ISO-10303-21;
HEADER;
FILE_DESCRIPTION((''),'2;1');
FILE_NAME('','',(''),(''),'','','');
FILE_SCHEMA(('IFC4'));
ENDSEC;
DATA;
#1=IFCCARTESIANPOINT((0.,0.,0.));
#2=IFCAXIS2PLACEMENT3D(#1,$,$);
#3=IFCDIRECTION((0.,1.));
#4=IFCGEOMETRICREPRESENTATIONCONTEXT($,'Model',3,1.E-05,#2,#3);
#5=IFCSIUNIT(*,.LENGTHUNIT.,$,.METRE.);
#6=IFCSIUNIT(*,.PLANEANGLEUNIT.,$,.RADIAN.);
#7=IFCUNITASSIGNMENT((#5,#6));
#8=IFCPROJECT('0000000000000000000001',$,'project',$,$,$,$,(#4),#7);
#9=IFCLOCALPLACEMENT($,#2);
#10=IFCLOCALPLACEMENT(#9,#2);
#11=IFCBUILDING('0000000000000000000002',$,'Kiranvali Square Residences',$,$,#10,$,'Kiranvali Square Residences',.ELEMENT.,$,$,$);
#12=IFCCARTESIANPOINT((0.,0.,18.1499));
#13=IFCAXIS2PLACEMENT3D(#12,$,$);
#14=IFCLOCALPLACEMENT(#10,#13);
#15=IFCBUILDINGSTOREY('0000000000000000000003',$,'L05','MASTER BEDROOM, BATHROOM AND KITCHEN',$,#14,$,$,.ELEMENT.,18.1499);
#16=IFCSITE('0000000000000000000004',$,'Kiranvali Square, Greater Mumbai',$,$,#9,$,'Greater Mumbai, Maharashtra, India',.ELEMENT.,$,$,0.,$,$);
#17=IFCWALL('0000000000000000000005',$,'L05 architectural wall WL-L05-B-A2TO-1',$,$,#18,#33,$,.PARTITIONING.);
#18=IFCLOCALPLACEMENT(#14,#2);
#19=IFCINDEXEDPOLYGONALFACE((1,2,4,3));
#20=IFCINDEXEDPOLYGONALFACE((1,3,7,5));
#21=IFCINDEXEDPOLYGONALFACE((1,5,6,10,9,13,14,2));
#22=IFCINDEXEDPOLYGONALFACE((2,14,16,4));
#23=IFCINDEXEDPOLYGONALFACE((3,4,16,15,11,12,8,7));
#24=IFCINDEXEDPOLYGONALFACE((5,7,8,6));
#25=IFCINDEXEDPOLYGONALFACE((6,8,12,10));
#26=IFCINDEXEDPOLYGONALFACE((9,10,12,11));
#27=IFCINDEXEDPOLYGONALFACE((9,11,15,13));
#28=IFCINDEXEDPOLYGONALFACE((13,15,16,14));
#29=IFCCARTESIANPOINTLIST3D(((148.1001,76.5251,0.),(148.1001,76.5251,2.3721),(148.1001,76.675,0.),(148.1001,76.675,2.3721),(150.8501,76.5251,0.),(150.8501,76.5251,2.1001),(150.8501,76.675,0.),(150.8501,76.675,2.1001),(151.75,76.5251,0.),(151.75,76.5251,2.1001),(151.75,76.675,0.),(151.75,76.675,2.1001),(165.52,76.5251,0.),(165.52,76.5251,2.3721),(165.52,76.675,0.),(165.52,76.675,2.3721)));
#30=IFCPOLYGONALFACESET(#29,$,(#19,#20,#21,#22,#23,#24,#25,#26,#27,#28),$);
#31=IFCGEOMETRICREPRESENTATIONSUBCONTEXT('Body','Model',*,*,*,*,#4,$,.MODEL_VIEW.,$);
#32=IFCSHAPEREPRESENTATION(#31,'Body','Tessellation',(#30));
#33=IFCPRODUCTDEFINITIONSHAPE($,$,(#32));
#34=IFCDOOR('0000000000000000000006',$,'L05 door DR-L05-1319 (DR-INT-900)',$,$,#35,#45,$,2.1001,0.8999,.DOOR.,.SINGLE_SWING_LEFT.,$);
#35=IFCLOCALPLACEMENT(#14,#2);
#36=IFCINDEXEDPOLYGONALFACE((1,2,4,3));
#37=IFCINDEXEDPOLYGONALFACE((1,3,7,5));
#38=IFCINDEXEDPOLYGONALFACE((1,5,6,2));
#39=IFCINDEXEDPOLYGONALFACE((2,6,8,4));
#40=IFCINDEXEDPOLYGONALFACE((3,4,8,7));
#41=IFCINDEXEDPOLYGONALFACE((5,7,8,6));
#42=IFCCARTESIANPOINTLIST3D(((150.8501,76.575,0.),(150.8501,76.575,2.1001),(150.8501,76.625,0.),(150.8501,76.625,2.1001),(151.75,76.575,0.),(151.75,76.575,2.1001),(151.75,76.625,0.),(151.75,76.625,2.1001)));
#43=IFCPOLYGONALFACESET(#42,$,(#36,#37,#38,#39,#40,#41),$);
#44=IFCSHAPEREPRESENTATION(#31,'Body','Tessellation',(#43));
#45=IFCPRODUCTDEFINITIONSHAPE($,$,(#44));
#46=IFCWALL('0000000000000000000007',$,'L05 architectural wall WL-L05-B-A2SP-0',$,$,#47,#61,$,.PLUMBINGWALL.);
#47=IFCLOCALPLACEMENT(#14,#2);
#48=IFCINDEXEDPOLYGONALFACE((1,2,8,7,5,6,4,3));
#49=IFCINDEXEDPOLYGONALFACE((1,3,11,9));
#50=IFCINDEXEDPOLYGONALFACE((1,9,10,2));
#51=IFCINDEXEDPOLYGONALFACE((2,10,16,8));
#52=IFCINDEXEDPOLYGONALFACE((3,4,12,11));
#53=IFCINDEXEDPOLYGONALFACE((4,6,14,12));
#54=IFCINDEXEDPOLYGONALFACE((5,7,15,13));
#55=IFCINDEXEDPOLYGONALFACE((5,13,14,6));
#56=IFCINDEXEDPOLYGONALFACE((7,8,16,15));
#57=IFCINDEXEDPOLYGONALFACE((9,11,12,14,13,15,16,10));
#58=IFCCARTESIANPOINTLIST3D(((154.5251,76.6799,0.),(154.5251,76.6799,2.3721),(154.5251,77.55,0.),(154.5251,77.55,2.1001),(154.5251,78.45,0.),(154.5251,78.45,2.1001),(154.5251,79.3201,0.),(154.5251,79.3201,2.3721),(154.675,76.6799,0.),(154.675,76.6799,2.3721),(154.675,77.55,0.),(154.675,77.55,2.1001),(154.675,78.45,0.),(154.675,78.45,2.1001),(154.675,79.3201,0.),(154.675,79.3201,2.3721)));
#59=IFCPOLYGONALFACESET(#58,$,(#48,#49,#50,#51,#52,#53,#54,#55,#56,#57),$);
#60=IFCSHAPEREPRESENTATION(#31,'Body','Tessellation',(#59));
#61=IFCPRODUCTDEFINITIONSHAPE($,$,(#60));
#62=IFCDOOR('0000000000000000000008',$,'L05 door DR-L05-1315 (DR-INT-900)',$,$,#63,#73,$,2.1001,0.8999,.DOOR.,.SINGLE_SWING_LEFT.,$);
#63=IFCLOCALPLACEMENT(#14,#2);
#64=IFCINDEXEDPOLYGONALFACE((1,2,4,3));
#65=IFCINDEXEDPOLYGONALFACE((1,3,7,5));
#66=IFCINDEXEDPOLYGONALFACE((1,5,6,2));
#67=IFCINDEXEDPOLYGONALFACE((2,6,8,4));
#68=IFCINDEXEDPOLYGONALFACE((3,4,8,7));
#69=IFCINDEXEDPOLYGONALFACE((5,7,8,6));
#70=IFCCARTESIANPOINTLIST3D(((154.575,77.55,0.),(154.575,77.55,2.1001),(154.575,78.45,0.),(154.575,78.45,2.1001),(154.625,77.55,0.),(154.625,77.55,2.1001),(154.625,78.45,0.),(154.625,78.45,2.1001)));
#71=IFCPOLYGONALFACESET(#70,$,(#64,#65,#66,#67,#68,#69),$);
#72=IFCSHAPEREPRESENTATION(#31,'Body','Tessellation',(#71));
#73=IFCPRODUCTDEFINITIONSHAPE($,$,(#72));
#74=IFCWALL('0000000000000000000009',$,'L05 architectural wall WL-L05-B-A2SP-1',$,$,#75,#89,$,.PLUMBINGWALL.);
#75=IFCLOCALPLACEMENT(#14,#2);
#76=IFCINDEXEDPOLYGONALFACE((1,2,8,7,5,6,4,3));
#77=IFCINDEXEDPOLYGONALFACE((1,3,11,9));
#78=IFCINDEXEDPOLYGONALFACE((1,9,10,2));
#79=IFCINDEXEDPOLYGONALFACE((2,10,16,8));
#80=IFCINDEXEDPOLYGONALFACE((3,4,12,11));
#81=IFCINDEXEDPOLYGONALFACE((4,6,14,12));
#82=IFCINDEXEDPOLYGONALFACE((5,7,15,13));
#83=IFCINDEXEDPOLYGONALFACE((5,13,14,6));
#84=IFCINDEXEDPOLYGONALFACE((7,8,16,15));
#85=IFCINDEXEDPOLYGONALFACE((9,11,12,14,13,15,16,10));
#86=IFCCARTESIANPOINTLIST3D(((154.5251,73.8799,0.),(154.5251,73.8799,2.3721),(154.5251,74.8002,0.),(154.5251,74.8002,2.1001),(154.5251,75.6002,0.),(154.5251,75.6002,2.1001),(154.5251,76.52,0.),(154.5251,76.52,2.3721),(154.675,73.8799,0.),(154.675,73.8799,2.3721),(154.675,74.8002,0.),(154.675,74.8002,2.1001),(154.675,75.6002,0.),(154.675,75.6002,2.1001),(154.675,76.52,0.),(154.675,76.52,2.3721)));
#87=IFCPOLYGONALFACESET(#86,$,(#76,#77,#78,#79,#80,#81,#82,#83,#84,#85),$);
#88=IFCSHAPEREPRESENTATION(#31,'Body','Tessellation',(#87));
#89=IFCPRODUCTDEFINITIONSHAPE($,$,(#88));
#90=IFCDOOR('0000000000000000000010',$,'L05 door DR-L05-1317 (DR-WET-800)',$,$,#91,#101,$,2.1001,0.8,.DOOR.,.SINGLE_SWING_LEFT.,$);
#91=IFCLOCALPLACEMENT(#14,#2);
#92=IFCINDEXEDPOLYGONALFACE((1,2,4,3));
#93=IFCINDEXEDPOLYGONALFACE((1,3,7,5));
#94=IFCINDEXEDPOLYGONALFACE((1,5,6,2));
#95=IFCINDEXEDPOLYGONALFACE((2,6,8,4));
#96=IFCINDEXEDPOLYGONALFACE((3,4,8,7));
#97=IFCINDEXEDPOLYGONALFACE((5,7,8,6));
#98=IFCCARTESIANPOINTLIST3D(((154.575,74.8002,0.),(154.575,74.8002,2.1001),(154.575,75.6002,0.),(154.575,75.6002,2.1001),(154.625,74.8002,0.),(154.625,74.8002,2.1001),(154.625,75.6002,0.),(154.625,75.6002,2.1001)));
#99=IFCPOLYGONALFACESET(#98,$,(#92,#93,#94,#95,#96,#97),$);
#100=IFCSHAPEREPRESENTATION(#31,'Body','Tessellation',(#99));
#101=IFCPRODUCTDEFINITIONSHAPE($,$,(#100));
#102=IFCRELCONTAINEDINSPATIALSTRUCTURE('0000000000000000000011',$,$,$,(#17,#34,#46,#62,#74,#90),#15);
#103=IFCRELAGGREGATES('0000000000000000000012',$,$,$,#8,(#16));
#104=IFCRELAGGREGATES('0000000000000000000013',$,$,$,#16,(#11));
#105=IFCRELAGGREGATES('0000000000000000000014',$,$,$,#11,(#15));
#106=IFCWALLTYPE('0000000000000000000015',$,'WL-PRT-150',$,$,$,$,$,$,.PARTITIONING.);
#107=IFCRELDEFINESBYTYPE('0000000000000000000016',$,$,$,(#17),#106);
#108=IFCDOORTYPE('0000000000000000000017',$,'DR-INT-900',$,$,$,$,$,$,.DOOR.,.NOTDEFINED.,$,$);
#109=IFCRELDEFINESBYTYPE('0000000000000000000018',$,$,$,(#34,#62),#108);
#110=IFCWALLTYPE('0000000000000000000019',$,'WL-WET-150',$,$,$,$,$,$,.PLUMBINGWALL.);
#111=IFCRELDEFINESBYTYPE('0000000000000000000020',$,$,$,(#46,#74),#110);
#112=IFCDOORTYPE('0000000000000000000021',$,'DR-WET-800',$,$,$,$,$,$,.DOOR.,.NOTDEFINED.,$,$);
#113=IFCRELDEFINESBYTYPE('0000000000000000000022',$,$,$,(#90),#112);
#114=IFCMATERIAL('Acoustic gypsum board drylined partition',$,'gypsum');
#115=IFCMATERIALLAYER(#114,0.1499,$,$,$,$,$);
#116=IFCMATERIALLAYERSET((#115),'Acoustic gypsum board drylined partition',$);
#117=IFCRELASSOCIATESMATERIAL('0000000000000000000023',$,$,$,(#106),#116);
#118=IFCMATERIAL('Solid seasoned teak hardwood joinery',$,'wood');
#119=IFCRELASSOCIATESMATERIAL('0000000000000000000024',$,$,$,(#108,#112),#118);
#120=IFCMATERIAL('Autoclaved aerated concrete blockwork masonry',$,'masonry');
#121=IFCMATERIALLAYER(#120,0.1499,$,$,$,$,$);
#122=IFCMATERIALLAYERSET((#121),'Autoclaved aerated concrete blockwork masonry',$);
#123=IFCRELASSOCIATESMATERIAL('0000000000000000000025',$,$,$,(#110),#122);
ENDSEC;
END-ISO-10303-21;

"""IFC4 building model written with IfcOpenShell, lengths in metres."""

from ifc_helpers import new_model, si_unit, direction, frame, frame_2d, origin, place, context, subcontext, project, spatial, rectangle, extrude, material, layer, layer_set, type_object, element, fill, save


model = new_model("IFC4")

# Units and contexts
model_context = context("Model", 3, precision=1e-05, world=origin(), true_north=direction((0.0, 1.0)))
body_context = subcontext(model_context, "Body", "Model", "MODEL_VIEW")
ifc_project = project(units=[si_unit("LENGTHUNIT", "METRE"), si_unit("PLANEANGLEUNIT", "RADIAN")], contexts=[model_context])

# Site, building, storey
site_placement = place(None, origin())
site = spatial("IfcSite", under=ifc_project, at=site_placement, Name="Kiranvali Square, Greater Mumbai", LongName="Greater Mumbai, Maharashtra, India", CompositionType="ELEMENT", RefElevation=0.0)
building_placement = place(site_placement, origin())
building = spatial("IfcBuilding", under=site, at=building_placement, Name="Kiranvali Square Residences", LongName="Kiranvali Square Residences", CompositionType="ELEMENT")
storey_placement = place(building_placement, frame((0.0, 0.0, 18.1499)))
storey = spatial("IfcBuildingStorey", under=building, at=storey_placement, Name="L05", Description="MASTER BEDROOM, BATHROOM AND KITCHEN", CompositionType="ELEMENT", Elevation=18.1499)

# Shared definitions
ifc_material_1 = material(Name="Autoclaved aerated concrete blockwork masonry", Category="masonry")

# Walls, openings, doors
ifc_material_2 = material(Name="Acoustic gypsum board drylined partition", Category="gypsum")
ifc_layer_1 = layer(ifc_material_2, 0.1499)
ifc_layer_set_1 = layer_set([ifc_layer_1], Name="Acoustic gypsum board drylined partition")
wall_type_1 = type_object("IfcWallType", Name="WL-PRT-150", PredefinedType="PARTITIONING", material=ifc_layer_set_1)
wall_1_placement = place(storey_placement, frame((148.1001, 76.6001, 0.0), z_axis=(0.0, 0.0, 1.0), x_axis=(1.0, 0.0, 0.0)))
wall_1 = element("IfcWall", 1, at=wall_1_placement, inside=storey, type_object=wall_type_1, Name="L05 architectural wall WL-L05-B-A2TO-1", PredefinedType="PARTITIONING", context=body_context, shape_type="SweptSolid", body=[
    extrude(rectangle(XDim=17.4199, YDim=0.1499, at=frame_2d((8.71, 0.0))), origin(), (0.0, 0.0, 1.0), 2.3721),
])
opening_1_placement = place(wall_1_placement, frame((2.75, 0.0, 0.0)))
opening_1 = element("IfcOpeningElement", 2, at=opening_1_placement, cuts=wall_1, PredefinedType="OPENING", context=body_context, shape_type="SweptSolid", body=[
    extrude(rectangle(XDim=0.8999, YDim=2.1001, at=frame_2d((0.45, 1.05))), frame((0.0, 0.085, 0.0), z_axis=(0.0, -1.0, 0.0), x_axis=(1.0, 0.0, 0.0)), (0.0, 0.0, 1.0), 0.1699),
])
ifc_material_3 = material(Name="Solid seasoned teak hardwood joinery", Category="wood")
door_type_1 = type_object("IfcDoorType", Name="DR-INT-900", OperationType="NOTDEFINED", PredefinedType="DOOR", material=ifc_material_3)
door_1_placement = place(opening_1_placement, origin())
door_1 = element("IfcDoor", 3, at=door_1_placement, inside=storey, type_object=door_type_1, Name="L05 door DR-L05-1319 (DR-INT-900)", OperationType="SINGLE_SWING_LEFT", OverallHeight=2.1001, OverallWidth=0.8999, PredefinedType="DOOR", context=body_context, shape_type="SweptSolid", body=[
    extrude(rectangle(XDim=0.8999, YDim=2.1001, at=frame_2d((0.45, 1.05))), frame((0.0, 0.0249, 0.0), z_axis=(0.0, -1.0, 0.0), x_axis=(1.0, 0.0, 0.0)), (0.0, 0.0, 1.0), 0.05),
])
fill(opening_1, door_1)
ifc_layer_2 = layer(ifc_material_1, 0.1499)
ifc_layer_set_2 = layer_set([ifc_layer_2], Name="Autoclaved aerated concrete blockwork masonry")
wall_type_2 = type_object("IfcWallType", Name="WL-WET-150", PredefinedType="PLUMBINGWALL", material=ifc_layer_set_2)
wall_2_placement = place(storey_placement, frame((154.6001, 79.3201, 0.0), z_axis=(0.0, 0.0, 1.0), x_axis=(0.0, -1.0, 0.0)))
wall_2 = element("IfcWall", 4, at=wall_2_placement, inside=storey, type_object=wall_type_2, Name="L05 architectural wall WL-L05-B-A2SP-0", PredefinedType="PLUMBINGWALL", context=body_context, shape_type="SweptSolid", body=[
    extrude(rectangle(XDim=2.6401, YDim=0.1499, at=frame_2d((1.3201, 0.0))), origin(), (0.0, 0.0, 1.0), 2.3721),
])
opening_2_placement = place(wall_2_placement, frame((0.8701, 0.0, 0.0)))
opening_2 = element("IfcOpeningElement", 5, at=opening_2_placement, cuts=wall_2, PredefinedType="OPENING", context=body_context, shape_type="SweptSolid", body=[
    extrude(rectangle(XDim=0.8999, YDim=2.1001, at=frame_2d((0.45, 1.05))), frame((0.0, 0.085, 0.0), z_axis=(0.0, -1.0, 0.0), x_axis=(1.0, 0.0, 0.0)), (0.0, 0.0, 1.0), 0.1699),
])
door_2_placement = place(opening_2_placement, origin())
door_2 = element("IfcDoor", 6, at=door_2_placement, inside=storey, type_object=door_type_1, Name="L05 door DR-L05-1315 (DR-INT-900)", OperationType="SINGLE_SWING_LEFT", OverallHeight=2.1001, OverallWidth=0.8999, PredefinedType="DOOR", context=body_context, shape_type="SweptSolid", body=[
    extrude(rectangle(XDim=0.8999, YDim=2.1001, at=frame_2d((0.45, 1.05))), frame((0.0, 0.0249, 0.0), z_axis=(0.0, -1.0, 0.0), x_axis=(1.0, 0.0, 0.0)), (0.0, 0.0, 1.0), 0.05),
])
fill(opening_2, door_2)
wall_3_placement = place(storey_placement, frame((154.6001, 76.52, 0.0), z_axis=(0.0, 0.0, 1.0), x_axis=(0.0, -1.0, 0.0)))
wall_3 = element("IfcWall", 7, at=wall_3_placement, inside=storey, type_object=wall_type_2, Name="L05 architectural wall WL-L05-B-A2SP-1", PredefinedType="PLUMBINGWALL", context=body_context, shape_type="SweptSolid", body=[
    extrude(rectangle(XDim=2.6401, YDim=0.1499, at=frame_2d((1.3201, 0.0))), origin(), (0.0, 0.0, 1.0), 2.3721),
])
opening_3_placement = place(wall_3_placement, frame((0.9199, 0.0, 0.0)))
opening_3 = element("IfcOpeningElement", 8, at=opening_3_placement, cuts=wall_3, PredefinedType="OPENING", context=body_context, shape_type="SweptSolid", body=[
    extrude(rectangle(XDim=0.8, YDim=2.1001, at=frame_2d((0.3999, 1.05))), frame((0.0, 0.085, 0.0), z_axis=(0.0, -1.0, 0.0), x_axis=(1.0, 0.0, 0.0)), (0.0, 0.0, 1.0), 0.1699),
])
door_type_2 = type_object("IfcDoorType", Name="DR-WET-800", OperationType="NOTDEFINED", PredefinedType="DOOR", material=ifc_material_3)
door_3_placement = place(opening_3_placement, origin())
door_3 = element("IfcDoor", 9, at=door_3_placement, inside=storey, type_object=door_type_2, Name="L05 door DR-L05-1317 (DR-WET-800)", OperationType="SINGLE_SWING_LEFT", OverallHeight=2.1001, OverallWidth=0.8, PredefinedType="DOOR", context=body_context, shape_type="SweptSolid", body=[
    extrude(rectangle(XDim=0.8, YDim=2.1001, at=frame_2d((0.3999, 1.05))), frame((0.0, 0.0249, 0.0), z_axis=(0.0, -1.0, 0.0), x_axis=(1.0, 0.0, 0.0)), (0.0, 0.0, 1.0), 0.05),
])
fill(opening_3, door_3)

save(model, "model.ifc")
